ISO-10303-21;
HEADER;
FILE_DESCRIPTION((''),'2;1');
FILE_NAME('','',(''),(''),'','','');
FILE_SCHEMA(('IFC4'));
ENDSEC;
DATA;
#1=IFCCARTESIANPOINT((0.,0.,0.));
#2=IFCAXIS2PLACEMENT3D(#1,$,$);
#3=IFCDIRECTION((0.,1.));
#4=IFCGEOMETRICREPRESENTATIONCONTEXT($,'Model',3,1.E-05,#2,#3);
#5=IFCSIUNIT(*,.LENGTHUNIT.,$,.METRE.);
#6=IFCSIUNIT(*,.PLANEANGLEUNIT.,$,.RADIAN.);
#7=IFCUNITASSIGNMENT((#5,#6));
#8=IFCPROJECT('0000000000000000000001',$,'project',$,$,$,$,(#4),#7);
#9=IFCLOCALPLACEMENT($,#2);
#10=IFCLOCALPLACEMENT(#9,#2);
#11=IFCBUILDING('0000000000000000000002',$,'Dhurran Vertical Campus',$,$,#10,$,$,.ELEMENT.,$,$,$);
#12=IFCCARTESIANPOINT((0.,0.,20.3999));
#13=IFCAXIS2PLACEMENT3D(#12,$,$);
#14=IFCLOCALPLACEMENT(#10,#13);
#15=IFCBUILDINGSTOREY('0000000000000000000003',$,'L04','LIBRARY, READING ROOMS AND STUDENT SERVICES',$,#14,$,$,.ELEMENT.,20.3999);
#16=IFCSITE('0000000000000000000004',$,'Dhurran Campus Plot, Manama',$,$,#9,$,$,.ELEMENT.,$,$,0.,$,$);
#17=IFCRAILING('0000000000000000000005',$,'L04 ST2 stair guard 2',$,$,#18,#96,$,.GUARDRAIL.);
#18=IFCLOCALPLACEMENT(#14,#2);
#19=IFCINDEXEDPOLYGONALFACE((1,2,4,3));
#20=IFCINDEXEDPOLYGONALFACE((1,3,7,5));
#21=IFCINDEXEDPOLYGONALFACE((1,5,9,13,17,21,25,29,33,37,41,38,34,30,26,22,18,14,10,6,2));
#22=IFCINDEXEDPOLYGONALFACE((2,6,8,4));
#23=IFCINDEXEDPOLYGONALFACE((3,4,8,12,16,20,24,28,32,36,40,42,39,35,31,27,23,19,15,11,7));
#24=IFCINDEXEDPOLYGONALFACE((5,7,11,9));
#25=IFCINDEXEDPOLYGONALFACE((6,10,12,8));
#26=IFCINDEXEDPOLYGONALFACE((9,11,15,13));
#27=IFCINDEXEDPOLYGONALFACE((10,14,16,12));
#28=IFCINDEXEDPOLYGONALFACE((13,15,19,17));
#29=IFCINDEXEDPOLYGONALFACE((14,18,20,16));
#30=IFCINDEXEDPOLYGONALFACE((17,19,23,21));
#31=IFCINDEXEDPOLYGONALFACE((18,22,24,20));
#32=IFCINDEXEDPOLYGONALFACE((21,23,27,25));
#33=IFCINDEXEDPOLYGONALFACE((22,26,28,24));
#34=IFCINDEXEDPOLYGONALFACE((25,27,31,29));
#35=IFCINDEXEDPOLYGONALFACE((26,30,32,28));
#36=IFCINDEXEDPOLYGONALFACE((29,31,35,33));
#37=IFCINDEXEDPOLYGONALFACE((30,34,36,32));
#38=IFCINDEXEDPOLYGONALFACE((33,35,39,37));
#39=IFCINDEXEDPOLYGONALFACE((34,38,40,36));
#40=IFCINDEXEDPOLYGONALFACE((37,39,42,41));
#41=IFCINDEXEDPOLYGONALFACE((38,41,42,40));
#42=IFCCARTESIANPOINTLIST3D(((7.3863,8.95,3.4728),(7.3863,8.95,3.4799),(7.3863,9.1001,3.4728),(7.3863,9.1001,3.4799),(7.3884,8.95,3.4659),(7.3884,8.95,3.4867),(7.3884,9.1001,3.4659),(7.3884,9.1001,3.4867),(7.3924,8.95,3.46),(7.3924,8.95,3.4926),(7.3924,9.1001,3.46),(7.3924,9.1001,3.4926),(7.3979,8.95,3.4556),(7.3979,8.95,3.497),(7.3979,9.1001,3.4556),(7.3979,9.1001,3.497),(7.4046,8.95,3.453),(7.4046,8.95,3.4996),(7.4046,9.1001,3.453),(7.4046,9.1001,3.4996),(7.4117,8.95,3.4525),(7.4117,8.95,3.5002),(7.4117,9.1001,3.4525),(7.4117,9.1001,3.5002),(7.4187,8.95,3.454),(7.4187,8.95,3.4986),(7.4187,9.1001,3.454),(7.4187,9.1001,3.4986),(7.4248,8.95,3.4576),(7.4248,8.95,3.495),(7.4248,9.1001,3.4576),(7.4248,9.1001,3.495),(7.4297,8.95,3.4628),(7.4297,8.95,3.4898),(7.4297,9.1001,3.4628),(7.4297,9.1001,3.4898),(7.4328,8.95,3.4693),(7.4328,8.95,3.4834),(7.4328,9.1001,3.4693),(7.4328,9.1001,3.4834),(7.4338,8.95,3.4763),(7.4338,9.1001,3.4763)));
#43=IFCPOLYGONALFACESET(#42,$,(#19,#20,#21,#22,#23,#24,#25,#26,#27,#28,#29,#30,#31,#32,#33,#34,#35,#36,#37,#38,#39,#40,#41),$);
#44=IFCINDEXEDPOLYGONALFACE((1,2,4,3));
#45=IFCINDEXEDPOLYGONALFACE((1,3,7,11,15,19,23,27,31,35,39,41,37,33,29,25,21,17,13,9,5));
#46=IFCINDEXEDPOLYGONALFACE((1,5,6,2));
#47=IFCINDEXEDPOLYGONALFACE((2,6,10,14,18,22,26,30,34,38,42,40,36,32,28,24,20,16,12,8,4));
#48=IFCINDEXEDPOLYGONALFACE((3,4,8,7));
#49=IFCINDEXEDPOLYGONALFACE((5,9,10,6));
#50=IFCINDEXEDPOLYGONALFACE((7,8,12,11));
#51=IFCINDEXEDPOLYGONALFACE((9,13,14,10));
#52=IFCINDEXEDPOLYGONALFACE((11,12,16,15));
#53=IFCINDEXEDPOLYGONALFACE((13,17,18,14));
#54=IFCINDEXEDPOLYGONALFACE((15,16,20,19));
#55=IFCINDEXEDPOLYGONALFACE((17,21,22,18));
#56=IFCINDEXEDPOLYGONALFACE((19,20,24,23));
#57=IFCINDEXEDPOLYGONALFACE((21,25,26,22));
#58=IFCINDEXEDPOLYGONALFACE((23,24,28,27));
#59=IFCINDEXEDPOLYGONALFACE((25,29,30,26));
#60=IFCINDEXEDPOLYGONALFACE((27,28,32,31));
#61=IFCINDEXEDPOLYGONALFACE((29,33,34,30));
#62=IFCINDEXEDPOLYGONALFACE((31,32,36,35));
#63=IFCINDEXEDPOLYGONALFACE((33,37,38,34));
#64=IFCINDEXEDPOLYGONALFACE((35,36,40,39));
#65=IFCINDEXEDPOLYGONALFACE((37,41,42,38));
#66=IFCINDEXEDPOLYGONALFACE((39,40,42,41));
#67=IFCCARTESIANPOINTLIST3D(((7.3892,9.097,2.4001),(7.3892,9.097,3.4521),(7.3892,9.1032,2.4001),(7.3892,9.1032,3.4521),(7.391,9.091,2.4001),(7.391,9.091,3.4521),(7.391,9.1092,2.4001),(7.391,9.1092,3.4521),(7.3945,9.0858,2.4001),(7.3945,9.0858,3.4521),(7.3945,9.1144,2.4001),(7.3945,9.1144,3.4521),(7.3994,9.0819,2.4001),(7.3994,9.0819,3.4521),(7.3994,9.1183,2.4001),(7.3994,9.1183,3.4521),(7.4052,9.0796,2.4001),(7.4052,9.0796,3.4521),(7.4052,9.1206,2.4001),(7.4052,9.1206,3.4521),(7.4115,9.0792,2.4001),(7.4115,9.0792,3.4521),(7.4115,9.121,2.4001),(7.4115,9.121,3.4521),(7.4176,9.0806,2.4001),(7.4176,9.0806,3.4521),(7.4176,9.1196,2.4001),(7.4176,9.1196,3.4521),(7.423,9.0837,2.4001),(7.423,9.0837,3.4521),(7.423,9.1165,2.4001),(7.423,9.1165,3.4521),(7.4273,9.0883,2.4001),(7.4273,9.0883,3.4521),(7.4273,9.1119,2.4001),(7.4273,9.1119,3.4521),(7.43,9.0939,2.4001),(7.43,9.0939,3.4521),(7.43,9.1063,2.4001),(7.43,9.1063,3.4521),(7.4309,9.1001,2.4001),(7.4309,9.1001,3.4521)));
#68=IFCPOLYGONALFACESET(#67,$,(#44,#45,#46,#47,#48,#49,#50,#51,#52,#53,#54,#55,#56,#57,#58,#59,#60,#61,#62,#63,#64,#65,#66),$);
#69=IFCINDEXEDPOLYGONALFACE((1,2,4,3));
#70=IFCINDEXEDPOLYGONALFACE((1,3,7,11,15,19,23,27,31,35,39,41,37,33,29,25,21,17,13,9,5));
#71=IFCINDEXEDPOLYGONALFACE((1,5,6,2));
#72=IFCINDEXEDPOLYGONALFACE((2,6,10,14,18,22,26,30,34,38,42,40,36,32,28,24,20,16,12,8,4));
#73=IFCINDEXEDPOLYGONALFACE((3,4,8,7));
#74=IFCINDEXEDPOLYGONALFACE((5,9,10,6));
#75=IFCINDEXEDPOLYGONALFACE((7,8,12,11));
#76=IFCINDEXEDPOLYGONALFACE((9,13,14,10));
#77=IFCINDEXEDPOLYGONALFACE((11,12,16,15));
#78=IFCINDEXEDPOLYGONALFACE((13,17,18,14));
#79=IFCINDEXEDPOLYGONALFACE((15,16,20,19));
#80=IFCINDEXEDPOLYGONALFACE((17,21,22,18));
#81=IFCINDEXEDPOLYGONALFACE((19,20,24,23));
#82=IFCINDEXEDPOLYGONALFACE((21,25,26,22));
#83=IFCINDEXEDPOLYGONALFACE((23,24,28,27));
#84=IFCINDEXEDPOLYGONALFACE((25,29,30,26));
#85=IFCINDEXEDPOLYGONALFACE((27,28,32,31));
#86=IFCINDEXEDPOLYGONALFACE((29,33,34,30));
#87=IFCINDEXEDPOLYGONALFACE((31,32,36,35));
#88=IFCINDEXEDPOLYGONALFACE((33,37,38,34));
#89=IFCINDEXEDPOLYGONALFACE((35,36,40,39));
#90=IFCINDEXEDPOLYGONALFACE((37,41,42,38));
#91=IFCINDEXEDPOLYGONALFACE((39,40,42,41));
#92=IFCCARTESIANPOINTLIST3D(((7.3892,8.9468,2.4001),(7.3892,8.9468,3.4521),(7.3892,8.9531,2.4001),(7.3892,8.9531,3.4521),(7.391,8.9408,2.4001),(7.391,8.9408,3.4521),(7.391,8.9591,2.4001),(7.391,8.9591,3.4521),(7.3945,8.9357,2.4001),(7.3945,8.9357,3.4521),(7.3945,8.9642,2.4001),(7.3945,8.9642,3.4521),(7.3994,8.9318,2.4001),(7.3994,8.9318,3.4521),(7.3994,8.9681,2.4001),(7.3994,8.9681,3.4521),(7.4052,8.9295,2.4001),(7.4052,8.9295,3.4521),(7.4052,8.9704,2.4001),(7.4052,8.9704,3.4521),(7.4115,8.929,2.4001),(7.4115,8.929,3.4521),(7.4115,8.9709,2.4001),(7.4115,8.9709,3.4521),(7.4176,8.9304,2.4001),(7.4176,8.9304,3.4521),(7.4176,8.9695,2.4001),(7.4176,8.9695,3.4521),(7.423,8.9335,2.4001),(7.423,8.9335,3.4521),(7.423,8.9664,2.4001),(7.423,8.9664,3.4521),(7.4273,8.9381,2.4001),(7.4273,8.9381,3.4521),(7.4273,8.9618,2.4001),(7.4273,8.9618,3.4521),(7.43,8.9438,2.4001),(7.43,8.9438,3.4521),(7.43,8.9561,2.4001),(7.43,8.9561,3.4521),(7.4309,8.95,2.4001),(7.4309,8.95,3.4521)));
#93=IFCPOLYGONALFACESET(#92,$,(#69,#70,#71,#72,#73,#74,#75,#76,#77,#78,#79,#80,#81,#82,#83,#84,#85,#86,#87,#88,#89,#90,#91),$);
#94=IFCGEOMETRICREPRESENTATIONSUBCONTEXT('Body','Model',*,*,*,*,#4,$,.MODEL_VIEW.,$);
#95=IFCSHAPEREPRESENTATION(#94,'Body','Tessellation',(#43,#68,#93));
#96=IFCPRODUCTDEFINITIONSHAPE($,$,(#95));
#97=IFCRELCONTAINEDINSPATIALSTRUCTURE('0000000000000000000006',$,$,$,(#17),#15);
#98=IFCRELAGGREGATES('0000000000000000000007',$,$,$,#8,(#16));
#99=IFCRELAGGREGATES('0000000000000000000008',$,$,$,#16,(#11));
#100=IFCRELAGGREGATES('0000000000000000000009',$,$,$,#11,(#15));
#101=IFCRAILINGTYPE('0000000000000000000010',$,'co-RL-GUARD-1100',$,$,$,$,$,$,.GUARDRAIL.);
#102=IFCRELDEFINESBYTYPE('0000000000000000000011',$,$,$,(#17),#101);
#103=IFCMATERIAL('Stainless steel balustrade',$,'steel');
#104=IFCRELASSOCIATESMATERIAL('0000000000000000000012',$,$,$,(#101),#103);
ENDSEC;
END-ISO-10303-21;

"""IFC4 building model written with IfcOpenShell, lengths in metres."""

from ifc_helpers import new_model, si_unit, direction, frame, origin, origin_2d, place, context, subcontext, project, spatial, circle, extrude, material, type_object, element, save


model = new_model("IFC4")

# Units and contexts
model_context = context("Model", 3, precision=1e-05, world=origin(), true_north=direction((0.0, 1.0)))
body_context = subcontext(model_context, "Body", "Model", "MODEL_VIEW")
ifc_project = project(units=[si_unit("LENGTHUNIT", "METRE"), si_unit("PLANEANGLEUNIT", "RADIAN")], contexts=[model_context])

# Site, building, storey
site_placement = place(None, origin())
site = spatial("IfcSite", under=ifc_project, at=site_placement, Name="Dhurran Campus Plot, Manama", CompositionType="ELEMENT", RefElevation=0.0)
building_placement = place(site_placement, origin())
building = spatial("IfcBuilding", under=site, at=building_placement, Name="Dhurran Vertical Campus", CompositionType="ELEMENT")
storey_placement = place(building_placement, frame((0.0, 0.0, 20.3999)))
storey = spatial("IfcBuildingStorey", under=building, at=storey_placement, Name="L04", Description="LIBRARY, READING ROOMS AND STUDENT SERVICES", CompositionType="ELEMENT", Elevation=20.3999)

# Railing
ifc_material_1 = material(Name="Stainless steel balustrade", Category="steel")
railing_type_1 = type_object("IfcRailingType", Name="co-RL-GUARD-1100", PredefinedType="GUARDRAIL", material=ifc_material_1)
railing_1_placement = place(storey_placement, frame((7.4099, 9.1001, 2.4001)))
element("IfcRailing", 1, at=railing_1_placement, inside=storey, type_object=railing_type_1, Name="L04 ST2 stair guard 2", PredefinedType="GUARDRAIL", context=body_context, shape_type="SweptSolid", body=[
    extrude(circle(Radius=0.0239, at=origin_2d()), frame((0.0, 0.0, 1.0762), z_axis=(0.0, -1.0, 0.0), x_axis=(1.0, 0.0, 0.0)), (0.0, 0.0, 1.0), 0.1501),
    extrude(circle(Radius=0.021, at=origin_2d()), origin(), (0.0, 0.0, 1.0), 1.052),
    extrude(circle(Radius=0.021, at=origin_2d()), frame((0.0, -0.1501, 0.0)), (0.0, 0.0, 1.0), 1.052),
])

save(model, "model.ifc")
